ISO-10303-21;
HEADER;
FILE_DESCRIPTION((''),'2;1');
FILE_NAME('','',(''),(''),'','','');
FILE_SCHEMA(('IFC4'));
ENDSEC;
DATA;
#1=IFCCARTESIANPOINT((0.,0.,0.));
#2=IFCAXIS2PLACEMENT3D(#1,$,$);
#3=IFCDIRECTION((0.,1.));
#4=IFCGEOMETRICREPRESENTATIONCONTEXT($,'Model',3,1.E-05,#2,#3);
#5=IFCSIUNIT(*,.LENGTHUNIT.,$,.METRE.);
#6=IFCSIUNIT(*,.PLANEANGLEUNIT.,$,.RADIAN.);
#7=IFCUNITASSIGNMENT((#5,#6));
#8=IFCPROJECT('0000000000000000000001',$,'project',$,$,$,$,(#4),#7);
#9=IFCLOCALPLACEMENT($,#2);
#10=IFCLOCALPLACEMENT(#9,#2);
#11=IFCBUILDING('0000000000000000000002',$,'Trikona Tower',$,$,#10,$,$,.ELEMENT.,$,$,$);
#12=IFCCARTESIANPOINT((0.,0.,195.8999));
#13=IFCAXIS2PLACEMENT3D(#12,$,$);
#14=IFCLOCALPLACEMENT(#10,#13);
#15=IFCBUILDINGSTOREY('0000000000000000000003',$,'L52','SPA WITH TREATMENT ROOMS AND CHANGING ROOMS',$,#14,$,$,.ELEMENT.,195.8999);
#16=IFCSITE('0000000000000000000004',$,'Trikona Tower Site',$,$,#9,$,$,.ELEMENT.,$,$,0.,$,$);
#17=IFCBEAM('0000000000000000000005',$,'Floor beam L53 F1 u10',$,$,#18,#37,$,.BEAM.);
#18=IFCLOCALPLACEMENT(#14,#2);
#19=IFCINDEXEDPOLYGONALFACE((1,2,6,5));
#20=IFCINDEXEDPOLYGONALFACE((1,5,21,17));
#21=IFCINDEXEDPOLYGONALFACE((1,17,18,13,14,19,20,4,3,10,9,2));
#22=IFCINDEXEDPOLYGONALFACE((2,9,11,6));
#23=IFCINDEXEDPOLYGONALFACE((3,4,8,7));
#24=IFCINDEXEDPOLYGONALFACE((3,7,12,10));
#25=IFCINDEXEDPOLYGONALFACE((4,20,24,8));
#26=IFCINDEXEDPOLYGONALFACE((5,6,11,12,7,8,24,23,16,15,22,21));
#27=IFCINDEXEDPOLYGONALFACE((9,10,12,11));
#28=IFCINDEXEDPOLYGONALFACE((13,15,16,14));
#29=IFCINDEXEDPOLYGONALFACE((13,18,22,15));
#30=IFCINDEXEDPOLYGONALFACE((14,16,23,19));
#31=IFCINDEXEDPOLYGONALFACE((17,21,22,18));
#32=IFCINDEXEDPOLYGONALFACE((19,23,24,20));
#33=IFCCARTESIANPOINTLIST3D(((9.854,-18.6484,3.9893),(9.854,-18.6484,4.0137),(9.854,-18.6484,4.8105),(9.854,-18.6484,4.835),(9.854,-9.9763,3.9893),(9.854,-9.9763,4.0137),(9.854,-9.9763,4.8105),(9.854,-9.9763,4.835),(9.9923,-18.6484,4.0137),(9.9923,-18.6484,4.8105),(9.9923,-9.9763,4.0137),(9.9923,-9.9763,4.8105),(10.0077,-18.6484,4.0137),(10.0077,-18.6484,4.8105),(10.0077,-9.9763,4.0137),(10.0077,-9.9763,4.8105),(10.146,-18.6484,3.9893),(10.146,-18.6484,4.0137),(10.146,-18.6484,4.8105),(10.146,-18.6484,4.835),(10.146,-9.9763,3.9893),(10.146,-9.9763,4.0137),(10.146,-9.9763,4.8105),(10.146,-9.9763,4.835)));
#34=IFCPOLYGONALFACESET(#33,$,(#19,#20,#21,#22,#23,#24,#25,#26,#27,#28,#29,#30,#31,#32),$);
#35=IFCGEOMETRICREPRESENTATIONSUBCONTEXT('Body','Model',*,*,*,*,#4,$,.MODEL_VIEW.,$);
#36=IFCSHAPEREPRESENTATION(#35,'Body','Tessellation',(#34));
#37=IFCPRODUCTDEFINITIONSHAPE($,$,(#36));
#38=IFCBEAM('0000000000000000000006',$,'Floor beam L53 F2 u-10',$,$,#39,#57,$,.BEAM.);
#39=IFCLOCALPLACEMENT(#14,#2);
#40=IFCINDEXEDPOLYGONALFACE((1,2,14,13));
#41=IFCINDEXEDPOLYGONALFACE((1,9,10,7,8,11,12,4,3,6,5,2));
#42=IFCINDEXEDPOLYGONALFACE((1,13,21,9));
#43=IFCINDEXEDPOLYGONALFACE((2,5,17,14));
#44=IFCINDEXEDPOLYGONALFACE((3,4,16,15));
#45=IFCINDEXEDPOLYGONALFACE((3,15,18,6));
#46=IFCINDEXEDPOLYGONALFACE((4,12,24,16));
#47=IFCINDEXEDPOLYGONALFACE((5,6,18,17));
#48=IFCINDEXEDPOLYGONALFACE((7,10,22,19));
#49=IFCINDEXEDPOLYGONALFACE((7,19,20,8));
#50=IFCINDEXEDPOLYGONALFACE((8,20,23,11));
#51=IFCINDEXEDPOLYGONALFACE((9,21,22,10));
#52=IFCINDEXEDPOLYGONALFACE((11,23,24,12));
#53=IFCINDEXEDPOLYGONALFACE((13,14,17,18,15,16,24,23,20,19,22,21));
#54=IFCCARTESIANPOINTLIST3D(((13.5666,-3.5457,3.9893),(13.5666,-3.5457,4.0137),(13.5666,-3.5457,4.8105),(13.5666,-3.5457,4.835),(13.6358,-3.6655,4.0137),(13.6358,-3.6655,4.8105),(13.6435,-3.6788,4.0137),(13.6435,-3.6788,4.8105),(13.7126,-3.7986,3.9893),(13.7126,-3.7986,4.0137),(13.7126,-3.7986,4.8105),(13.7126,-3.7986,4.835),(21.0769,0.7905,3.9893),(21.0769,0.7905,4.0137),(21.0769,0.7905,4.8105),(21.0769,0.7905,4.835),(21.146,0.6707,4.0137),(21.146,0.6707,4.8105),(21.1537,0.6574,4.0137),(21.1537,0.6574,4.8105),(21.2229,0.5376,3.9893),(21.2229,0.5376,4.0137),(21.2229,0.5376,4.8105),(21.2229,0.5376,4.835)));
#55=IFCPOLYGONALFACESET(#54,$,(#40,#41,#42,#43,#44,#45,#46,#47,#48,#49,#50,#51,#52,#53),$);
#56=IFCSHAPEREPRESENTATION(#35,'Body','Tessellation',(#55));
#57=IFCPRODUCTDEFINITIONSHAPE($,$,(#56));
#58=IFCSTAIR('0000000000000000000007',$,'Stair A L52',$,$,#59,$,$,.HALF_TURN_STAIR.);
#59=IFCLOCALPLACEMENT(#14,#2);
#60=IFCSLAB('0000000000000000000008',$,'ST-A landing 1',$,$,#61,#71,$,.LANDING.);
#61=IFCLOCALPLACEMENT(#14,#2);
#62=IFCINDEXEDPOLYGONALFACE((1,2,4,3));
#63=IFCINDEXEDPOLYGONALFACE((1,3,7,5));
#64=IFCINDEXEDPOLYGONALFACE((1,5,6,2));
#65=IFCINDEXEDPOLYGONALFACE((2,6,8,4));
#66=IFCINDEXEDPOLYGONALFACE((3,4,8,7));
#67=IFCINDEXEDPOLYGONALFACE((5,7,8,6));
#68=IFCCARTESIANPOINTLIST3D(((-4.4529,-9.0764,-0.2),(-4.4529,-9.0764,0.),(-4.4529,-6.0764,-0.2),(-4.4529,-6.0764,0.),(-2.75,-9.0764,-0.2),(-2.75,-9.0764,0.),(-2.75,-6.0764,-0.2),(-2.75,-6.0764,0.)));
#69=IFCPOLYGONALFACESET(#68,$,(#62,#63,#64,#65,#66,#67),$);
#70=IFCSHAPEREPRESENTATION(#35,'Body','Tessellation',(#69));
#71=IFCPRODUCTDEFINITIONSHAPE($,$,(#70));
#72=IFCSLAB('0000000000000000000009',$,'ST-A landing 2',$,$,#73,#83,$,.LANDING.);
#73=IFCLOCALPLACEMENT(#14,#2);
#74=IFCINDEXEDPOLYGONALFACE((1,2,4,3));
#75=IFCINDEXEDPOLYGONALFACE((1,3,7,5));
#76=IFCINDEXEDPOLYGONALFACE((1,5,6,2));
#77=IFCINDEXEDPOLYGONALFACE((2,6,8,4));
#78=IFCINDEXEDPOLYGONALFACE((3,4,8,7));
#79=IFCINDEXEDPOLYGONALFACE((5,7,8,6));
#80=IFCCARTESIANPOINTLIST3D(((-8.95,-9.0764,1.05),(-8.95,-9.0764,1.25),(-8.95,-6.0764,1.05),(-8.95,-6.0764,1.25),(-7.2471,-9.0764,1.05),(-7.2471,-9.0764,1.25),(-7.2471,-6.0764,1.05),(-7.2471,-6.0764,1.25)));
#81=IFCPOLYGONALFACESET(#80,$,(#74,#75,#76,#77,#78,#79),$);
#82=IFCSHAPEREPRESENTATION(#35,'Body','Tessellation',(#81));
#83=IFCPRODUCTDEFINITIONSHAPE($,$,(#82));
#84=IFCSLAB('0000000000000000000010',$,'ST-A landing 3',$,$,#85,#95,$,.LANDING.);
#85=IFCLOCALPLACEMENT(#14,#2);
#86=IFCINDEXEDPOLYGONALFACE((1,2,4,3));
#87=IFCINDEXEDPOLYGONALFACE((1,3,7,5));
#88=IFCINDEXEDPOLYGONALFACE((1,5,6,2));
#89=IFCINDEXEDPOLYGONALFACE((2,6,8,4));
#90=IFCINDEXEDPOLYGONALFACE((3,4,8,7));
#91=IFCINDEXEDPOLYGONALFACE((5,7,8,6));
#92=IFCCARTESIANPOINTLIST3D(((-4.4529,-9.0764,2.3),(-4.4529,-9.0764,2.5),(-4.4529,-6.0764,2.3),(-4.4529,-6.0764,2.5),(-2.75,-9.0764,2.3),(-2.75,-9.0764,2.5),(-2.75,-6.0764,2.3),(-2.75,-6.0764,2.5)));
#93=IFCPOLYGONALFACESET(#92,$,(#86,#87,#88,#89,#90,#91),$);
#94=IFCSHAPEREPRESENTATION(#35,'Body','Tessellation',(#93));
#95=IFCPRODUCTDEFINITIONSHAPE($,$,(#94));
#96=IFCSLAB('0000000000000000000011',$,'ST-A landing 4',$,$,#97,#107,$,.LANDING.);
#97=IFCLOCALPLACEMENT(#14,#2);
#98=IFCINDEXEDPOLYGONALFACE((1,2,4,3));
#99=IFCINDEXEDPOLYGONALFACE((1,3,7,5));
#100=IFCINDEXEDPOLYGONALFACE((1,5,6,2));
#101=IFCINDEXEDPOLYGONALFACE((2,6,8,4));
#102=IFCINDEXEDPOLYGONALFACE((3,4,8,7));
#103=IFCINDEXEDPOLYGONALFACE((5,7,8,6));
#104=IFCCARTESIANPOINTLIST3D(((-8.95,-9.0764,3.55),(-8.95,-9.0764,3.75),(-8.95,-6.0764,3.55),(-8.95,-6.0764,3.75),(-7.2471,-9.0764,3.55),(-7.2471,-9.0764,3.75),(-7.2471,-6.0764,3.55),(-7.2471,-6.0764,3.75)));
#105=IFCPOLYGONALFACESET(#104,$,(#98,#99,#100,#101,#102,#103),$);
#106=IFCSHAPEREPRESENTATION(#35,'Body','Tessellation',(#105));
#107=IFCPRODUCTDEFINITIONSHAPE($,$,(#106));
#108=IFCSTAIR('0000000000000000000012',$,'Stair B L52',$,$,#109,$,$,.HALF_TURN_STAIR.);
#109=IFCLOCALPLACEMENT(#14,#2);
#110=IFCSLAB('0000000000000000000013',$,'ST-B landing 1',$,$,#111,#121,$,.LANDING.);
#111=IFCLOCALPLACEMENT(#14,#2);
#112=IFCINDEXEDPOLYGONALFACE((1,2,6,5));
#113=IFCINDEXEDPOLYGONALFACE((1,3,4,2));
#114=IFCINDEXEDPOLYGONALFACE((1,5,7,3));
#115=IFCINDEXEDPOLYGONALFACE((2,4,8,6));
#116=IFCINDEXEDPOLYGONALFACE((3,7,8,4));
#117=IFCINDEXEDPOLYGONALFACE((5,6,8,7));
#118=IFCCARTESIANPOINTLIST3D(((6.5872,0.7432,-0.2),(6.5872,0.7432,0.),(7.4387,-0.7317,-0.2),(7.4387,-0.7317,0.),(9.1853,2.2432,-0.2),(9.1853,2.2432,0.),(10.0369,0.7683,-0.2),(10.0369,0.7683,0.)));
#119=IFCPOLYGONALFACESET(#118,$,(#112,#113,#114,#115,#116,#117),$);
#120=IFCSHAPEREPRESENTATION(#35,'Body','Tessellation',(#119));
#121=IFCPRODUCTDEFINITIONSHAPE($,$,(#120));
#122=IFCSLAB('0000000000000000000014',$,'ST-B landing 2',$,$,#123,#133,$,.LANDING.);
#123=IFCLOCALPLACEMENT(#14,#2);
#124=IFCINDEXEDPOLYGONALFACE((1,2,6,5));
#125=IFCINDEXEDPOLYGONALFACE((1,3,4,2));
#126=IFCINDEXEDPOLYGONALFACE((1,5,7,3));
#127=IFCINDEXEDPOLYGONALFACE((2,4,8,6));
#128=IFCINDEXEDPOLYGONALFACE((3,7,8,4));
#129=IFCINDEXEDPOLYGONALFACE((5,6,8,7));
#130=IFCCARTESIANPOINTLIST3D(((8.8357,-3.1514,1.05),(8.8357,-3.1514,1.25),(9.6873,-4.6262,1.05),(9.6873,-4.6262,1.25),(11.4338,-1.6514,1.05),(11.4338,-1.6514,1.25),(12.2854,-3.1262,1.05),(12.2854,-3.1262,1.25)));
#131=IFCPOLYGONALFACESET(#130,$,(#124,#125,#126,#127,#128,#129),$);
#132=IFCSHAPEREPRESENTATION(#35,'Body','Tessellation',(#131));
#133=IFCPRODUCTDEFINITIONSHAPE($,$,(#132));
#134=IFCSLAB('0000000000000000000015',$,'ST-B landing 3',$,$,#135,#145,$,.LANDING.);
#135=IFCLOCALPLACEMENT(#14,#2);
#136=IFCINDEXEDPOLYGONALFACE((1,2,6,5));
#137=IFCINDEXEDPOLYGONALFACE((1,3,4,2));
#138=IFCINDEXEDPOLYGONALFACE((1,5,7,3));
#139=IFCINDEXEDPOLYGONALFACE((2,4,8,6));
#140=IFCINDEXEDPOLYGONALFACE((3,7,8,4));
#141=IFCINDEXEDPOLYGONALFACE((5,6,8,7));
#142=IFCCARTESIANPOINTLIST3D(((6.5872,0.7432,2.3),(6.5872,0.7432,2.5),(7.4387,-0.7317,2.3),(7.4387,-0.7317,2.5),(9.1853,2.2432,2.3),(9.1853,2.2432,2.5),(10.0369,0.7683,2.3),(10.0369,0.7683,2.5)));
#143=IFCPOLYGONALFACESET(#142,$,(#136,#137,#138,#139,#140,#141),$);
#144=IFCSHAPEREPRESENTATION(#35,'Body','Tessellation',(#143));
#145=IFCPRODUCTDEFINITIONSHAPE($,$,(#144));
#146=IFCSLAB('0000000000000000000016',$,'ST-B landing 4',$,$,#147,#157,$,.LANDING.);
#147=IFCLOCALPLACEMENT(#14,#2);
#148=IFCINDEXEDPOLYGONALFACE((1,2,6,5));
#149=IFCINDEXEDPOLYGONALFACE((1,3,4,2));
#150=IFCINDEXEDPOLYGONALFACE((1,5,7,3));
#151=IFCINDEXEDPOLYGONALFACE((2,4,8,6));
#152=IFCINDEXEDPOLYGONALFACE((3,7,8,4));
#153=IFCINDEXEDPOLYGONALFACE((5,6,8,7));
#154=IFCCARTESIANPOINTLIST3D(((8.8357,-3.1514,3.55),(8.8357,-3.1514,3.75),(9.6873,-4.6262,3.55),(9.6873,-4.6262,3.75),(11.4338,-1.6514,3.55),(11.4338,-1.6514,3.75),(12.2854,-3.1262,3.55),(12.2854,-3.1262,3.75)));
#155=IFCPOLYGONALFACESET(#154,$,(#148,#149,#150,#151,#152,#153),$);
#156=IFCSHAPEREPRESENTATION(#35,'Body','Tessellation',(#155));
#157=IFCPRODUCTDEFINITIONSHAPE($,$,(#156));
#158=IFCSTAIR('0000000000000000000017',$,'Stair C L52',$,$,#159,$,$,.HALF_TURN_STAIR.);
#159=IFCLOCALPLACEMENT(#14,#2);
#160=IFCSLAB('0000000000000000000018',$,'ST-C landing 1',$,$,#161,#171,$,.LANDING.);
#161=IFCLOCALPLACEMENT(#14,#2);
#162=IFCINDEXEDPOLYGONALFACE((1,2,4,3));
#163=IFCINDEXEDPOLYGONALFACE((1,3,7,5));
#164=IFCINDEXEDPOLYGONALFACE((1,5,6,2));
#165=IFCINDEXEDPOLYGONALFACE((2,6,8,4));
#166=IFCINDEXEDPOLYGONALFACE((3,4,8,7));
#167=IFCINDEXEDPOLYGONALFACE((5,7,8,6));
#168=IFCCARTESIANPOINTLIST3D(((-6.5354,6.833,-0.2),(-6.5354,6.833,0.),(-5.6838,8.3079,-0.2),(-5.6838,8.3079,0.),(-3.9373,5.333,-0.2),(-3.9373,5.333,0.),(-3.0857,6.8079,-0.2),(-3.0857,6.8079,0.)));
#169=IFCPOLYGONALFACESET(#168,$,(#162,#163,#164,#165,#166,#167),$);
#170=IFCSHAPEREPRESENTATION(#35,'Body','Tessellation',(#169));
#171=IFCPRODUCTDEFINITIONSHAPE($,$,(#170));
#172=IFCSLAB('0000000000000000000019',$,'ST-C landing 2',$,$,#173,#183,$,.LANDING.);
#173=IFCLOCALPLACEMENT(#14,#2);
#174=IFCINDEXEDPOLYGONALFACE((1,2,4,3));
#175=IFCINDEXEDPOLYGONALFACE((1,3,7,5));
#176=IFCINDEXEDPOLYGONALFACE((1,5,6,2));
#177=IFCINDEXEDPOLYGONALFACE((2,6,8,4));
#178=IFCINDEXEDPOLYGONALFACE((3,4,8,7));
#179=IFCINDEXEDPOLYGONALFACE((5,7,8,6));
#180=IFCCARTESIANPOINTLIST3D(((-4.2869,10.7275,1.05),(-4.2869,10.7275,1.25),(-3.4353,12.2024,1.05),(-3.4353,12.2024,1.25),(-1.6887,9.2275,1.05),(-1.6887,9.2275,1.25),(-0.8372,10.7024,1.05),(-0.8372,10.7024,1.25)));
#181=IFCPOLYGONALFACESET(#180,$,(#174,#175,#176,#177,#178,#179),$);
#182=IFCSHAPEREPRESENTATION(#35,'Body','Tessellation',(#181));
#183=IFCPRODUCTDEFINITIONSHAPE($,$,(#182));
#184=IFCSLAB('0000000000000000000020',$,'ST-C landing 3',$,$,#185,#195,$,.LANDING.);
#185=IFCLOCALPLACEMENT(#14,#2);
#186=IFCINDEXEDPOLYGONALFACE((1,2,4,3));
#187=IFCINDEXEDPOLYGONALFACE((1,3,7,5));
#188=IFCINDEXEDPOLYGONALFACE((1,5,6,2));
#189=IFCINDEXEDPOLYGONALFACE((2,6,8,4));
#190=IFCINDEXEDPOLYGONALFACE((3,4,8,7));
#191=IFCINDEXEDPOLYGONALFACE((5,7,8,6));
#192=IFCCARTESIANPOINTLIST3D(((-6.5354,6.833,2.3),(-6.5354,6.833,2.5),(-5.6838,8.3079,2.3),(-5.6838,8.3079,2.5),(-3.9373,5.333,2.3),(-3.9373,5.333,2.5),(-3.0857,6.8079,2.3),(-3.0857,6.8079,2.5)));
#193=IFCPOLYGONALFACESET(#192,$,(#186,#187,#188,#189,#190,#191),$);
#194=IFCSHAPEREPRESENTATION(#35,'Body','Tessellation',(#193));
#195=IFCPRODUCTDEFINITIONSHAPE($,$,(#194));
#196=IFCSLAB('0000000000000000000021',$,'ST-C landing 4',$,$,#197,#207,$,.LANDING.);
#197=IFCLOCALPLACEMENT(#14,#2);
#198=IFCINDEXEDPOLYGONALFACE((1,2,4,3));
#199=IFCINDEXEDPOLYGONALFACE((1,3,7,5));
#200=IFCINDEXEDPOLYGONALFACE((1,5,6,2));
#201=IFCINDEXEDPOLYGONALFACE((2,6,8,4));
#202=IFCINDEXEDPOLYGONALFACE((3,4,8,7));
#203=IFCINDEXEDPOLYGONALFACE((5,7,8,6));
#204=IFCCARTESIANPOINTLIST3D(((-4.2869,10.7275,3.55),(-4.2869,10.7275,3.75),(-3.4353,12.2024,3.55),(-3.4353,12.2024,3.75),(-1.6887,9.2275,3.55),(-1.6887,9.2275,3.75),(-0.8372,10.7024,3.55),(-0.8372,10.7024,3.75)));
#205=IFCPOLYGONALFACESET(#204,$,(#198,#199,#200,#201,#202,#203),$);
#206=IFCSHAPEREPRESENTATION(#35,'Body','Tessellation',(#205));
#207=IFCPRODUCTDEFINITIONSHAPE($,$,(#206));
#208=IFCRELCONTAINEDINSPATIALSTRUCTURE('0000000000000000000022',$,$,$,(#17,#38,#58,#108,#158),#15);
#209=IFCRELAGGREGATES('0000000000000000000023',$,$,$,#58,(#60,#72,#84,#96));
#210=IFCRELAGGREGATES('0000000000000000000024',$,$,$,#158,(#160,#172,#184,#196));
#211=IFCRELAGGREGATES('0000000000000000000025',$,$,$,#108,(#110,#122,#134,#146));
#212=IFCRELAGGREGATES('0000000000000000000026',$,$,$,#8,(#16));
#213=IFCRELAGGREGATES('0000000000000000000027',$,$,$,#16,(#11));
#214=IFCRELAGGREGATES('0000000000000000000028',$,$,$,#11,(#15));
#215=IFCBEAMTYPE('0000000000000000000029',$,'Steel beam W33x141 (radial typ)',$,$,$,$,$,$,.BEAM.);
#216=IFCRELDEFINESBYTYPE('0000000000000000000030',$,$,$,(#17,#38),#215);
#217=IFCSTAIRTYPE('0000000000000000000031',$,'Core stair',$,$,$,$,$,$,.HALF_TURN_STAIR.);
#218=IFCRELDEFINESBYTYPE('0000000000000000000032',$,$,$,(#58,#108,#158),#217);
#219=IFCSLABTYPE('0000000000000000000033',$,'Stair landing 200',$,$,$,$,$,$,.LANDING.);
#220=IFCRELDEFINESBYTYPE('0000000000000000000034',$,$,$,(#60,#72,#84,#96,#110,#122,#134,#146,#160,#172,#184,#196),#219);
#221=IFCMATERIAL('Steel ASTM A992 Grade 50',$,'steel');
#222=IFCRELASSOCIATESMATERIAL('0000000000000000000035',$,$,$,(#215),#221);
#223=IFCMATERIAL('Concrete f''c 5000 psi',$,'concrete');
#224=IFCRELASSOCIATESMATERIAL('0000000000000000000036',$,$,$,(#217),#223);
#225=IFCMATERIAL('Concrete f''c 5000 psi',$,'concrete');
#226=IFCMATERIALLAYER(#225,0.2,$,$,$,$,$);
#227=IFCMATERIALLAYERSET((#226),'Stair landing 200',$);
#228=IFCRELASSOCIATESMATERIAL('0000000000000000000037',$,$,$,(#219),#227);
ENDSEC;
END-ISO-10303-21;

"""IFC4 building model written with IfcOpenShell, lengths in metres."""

from ifc_helpers import new_model, si_unit, direction, frame, origin, origin_2d, place, context, subcontext, project, spatial, polyline, i_section, outline, extrude, material, layer, layer_set, material_profile, profile_set, type_object, element, aggregate, save


model = new_model("IFC4")

# Units and contexts
model_context = context("Model", 3, precision=1e-05, world=origin(), true_north=direction((0.0, 1.0)))
body_context = subcontext(model_context, "Body", "Model", "MODEL_VIEW")
ifc_project = project(units=[si_unit("LENGTHUNIT", "METRE"), si_unit("PLANEANGLEUNIT", "RADIAN")], contexts=[model_context])

# Site, building, storey
site_placement = place(None, origin())
site = spatial("IfcSite", under=ifc_project, at=site_placement, Name="Trikona Tower Site", CompositionType="ELEMENT", RefElevation=0.0)
building_placement = place(site_placement, origin())
building = spatial("IfcBuilding", under=site, at=building_placement, Name="Trikona Tower", CompositionType="ELEMENT")
storey_placement = place(building_placement, frame((0.0, 0.0, 195.8999)))
storey = spatial("IfcBuildingStorey", under=building, at=storey_placement, Name="L52", Description="SPA WITH TREATMENT ROOMS AND CHANGING ROOMS", CompositionType="ELEMENT", Elevation=195.8999)

# Beams
ifc_material_1 = material(Name="Steel ASTM A992 Grade 50", Category="steel")
ifc_material_profile = material_profile(ifc_material_1, i_section(OverallWidth=0.292, OverallDepth=0.8457, WebThickness=0.0154, FlangeThickness=0.0244, at=origin_2d()), Name="W33X141")
ifc_profile_set = profile_set([ifc_material_profile], Name="Steel ASTM A992 Grade 50")
beam_type = type_object("IfcBeamType", Name="Steel beam W33x141 (radial typ)", PredefinedType="BEAM", material=ifc_profile_set)
for number, where, z_axis, x_axis, name in (
    (1, (10.0, -9.9763, 4.4121), (0.0, -1.0, 0.0), (1.0, 0.0, 0.0), "Floor beam L53 F1 u10"),
    (2, (13.6396, -3.6721, 4.4121), (0.866019, 0.500012, 0.0), (-0.500012, 0.866019, 0.0), "Floor beam L53 F2 u-10"),
):
    element("IfcBeam", number, at=place(storey_placement, frame(where, z_axis=z_axis, x_axis=x_axis)), inside=storey, type_object=beam_type, Name=name, PredefinedType="BEAM", context=body_context, shape_type="SweptSolid", body=[
        extrude(i_section(OverallWidth=0.292, OverallDepth=0.8457, WebThickness=0.0154, FlangeThickness=0.0244, at=origin_2d()), origin(), (0.0, 0.0, 1.0), 8.6721),
    ])

# Stairs, slabs
ifc_material_2 = material(Name="Concrete f'c 5000 psi", Category="concrete")
stair_type = type_object("IfcStairType", Name="Core stair", PredefinedType="HALF_TURN_STAIR", material=ifc_material_2)
stair_1_placement = place(storey_placement, origin())
stair_1 = element("IfcStair", 3, at=stair_1_placement, inside=storey, type_object=stair_type, Name="Stair A L52", PredefinedType="HALF_TURN_STAIR")
ifc_material_3 = material(Name="Concrete f'c 5000 psi", Category="concrete")
ifc_layer_1 = layer(ifc_material_3, 0.2)
ifc_layer_set_1 = layer_set([ifc_layer_1], Name="Stair landing 200")
slab_type = type_object("IfcSlabType", Name="Stair landing 200", PredefinedType="LANDING", material=ifc_layer_set_1)
slab_1_placement = place(storey_placement, frame((0.0, 0.0, -0.2)))
slab_1 = element("IfcSlab", 4, at=slab_1_placement, type_object=slab_type, Name="ST-A landing 1", PredefinedType="LANDING", context=body_context, shape_type="SweptSolid", body=[
    extrude(outline(polyline([(-4.4529, -6.0764), (-2.75, -6.0764), (-2.75, -9.0764), (-4.4529, -9.0764), (-4.4529, -6.0764)])), origin(), (0.0, 0.0, 1.0), 0.2),
])
slab_2_placement = place(storey_placement, frame((0.0, 0.0, 1.05)))
slab_2 = element("IfcSlab", 5, at=slab_2_placement, type_object=slab_type, Name="ST-A landing 2", PredefinedType="LANDING", context=body_context, shape_type="SweptSolid", body=[
    extrude(outline(polyline([(-8.95, -6.0764), (-7.2471, -6.0764), (-7.2471, -9.0764), (-8.95, -9.0764), (-8.95, -6.0764)])), origin(), (0.0, 0.0, 1.0), 0.2),
])
slab_3_placement = place(storey_placement, frame((0.0, 0.0, 2.3)))
slab_3 = element("IfcSlab", 6, at=slab_3_placement, type_object=slab_type, Name="ST-A landing 3", PredefinedType="LANDING", context=body_context, shape_type="SweptSolid", body=[
    extrude(outline(polyline([(-4.4529, -6.0764), (-2.75, -6.0764), (-2.75, -9.0764), (-4.4529, -9.0764), (-4.4529, -6.0764)])), origin(), (0.0, 0.0, 1.0), 0.2),
])
slab_4_placement = place(storey_placement, frame((0.0, 0.0, 3.55)))
slab_4 = element("IfcSlab", 7, at=slab_4_placement, type_object=slab_type, Name="ST-A landing 4", PredefinedType="LANDING", context=body_context, shape_type="SweptSolid", body=[
    extrude(outline(polyline([(-8.95, -6.0764), (-7.2471, -6.0764), (-7.2471, -9.0764), (-8.95, -9.0764), (-8.95, -6.0764)])), origin(), (0.0, 0.0, 1.0), 0.2),
])
aggregate(stair_1, [slab_1, slab_2, slab_3, slab_4])
stair_2_placement = place(storey_placement, origin())
stair_2 = element("IfcStair", 8, at=stair_2_placement, inside=storey, type_object=stair_type, Name="Stair B L52", PredefinedType="HALF_TURN_STAIR")
slab_5_placement = place(storey_placement, frame((0.0, 0.0, -0.2)))
slab_5 = element("IfcSlab", 9, at=slab_5_placement, type_object=slab_type, Name="ST-B landing 1", PredefinedType="LANDING", context=body_context, shape_type="SweptSolid", body=[
    extrude(outline(polyline([(7.4387, -0.7317), (6.5872, 0.7432), (9.1853, 2.2432), (10.0369, 0.7683), (7.4387, -0.7317)])), origin(), (0.0, 0.0, 1.0), 0.2),
])
slab_6_placement = place(storey_placement, frame((0.0, 0.0, 1.05)))
slab_6 = element("IfcSlab", 10, at=slab_6_placement, type_object=slab_type, Name="ST-B landing 2", PredefinedType="LANDING", context=body_context, shape_type="SweptSolid", body=[
    extrude(outline(polyline([(9.6873, -4.6262), (8.8357, -3.1514), (11.4338, -1.6514), (12.2854, -3.1262), (9.6873, -4.6262)])), origin(), (0.0, 0.0, 1.0), 0.2),
])
slab_7_placement = place(storey_placement, frame((0.0, 0.0, 2.3)))
slab_7 = element("IfcSlab", 11, at=slab_7_placement, type_object=slab_type, Name="ST-B landing 3", PredefinedType="LANDING", context=body_context, shape_type="SweptSolid", body=[
    extrude(outline(polyline([(7.4387, -0.7317), (6.5872, 0.7432), (9.1853, 2.2432), (10.0369, 0.7683), (7.4387, -0.7317)])), origin(), (0.0, 0.0, 1.0), 0.2),
])
slab_8_placement = place(storey_placement, frame((0.0, 0.0, 3.55)))
slab_8 = element("IfcSlab", 12, at=slab_8_placement, type_object=slab_type, Name="ST-B landing 4", PredefinedType="LANDING", context=body_context, shape_type="SweptSolid", body=[
    extrude(outline(polyline([(9.6873, -4.6262), (8.8357, -3.1514), (11.4338, -1.6514), (12.2854, -3.1262), (9.6873, -4.6262)])), origin(), (0.0, 0.0, 1.0), 0.2),
])
stair_3_placement = place(storey_placement, origin())
stair_3 = element("IfcStair", 13, at=stair_3_placement, inside=storey, type_object=stair_type, Name="Stair C L52", PredefinedType="HALF_TURN_STAIR")
slab_9_placement = place(storey_placement, frame((0.0, 0.0, -0.2)))
slab_9 = element("IfcSlab", 14, at=slab_9_placement, type_object=slab_type, Name="ST-C landing 1", PredefinedType="LANDING", context=body_context, shape_type="SweptSolid", body=[
    extrude(outline(polyline([(-3.0857, 6.8079), (-3.9373, 5.333), (-6.5354, 6.833), (-5.6838, 8.3079), (-3.0857, 6.8079)])), origin(), (0.0, 0.0, 1.0), 0.2),
])
slab_10_placement = place(storey_placement, frame((0.0, 0.0, 1.05)))
slab_10 = element("IfcSlab", 15, at=slab_10_placement, type_object=slab_type, Name="ST-C landing 2", PredefinedType="LANDING", context=body_context, shape_type="SweptSolid", body=[
    extrude(outline(polyline([(-0.8372, 10.7024), (-1.6887, 9.2275), (-4.2869, 10.7275), (-3.4353, 12.2024), (-0.8372, 10.7024)])), origin(), (0.0, 0.0, 1.0), 0.2),
])
slab_11_placement = place(storey_placement, frame((0.0, 0.0, 2.3)))
slab_11 = element("IfcSlab", 16, at=slab_11_placement, type_object=slab_type, Name="ST-C landing 3", PredefinedType="LANDING", context=body_context, shape_type="SweptSolid", body=[
    extrude(outline(polyline([(-3.0857, 6.8079), (-3.9373, 5.333), (-6.5354, 6.833), (-5.6838, 8.3079), (-3.0857, 6.8079)])), origin(), (0.0, 0.0, 1.0), 0.2),
])
slab_12_placement = place(storey_placement, frame((0.0, 0.0, 3.55)))
slab_12 = element("IfcSlab", 17, at=slab_12_placement, type_object=slab_type, Name="ST-C landing 4", PredefinedType="LANDING", context=body_context, shape_type="SweptSolid", body=[
    extrude(outline(polyline([(-0.8372, 10.7024), (-1.6887, 9.2275), (-4.2869, 10.7275), (-3.4353, 12.2024), (-0.8372, 10.7024)])), origin(), (0.0, 0.0, 1.0), 0.2),
])
aggregate(stair_3, [slab_9, slab_10, slab_11, slab_12])

aggregate(stair_2, [slab_5, slab_6, slab_7, slab_8])

save(model, "model.ifc")
